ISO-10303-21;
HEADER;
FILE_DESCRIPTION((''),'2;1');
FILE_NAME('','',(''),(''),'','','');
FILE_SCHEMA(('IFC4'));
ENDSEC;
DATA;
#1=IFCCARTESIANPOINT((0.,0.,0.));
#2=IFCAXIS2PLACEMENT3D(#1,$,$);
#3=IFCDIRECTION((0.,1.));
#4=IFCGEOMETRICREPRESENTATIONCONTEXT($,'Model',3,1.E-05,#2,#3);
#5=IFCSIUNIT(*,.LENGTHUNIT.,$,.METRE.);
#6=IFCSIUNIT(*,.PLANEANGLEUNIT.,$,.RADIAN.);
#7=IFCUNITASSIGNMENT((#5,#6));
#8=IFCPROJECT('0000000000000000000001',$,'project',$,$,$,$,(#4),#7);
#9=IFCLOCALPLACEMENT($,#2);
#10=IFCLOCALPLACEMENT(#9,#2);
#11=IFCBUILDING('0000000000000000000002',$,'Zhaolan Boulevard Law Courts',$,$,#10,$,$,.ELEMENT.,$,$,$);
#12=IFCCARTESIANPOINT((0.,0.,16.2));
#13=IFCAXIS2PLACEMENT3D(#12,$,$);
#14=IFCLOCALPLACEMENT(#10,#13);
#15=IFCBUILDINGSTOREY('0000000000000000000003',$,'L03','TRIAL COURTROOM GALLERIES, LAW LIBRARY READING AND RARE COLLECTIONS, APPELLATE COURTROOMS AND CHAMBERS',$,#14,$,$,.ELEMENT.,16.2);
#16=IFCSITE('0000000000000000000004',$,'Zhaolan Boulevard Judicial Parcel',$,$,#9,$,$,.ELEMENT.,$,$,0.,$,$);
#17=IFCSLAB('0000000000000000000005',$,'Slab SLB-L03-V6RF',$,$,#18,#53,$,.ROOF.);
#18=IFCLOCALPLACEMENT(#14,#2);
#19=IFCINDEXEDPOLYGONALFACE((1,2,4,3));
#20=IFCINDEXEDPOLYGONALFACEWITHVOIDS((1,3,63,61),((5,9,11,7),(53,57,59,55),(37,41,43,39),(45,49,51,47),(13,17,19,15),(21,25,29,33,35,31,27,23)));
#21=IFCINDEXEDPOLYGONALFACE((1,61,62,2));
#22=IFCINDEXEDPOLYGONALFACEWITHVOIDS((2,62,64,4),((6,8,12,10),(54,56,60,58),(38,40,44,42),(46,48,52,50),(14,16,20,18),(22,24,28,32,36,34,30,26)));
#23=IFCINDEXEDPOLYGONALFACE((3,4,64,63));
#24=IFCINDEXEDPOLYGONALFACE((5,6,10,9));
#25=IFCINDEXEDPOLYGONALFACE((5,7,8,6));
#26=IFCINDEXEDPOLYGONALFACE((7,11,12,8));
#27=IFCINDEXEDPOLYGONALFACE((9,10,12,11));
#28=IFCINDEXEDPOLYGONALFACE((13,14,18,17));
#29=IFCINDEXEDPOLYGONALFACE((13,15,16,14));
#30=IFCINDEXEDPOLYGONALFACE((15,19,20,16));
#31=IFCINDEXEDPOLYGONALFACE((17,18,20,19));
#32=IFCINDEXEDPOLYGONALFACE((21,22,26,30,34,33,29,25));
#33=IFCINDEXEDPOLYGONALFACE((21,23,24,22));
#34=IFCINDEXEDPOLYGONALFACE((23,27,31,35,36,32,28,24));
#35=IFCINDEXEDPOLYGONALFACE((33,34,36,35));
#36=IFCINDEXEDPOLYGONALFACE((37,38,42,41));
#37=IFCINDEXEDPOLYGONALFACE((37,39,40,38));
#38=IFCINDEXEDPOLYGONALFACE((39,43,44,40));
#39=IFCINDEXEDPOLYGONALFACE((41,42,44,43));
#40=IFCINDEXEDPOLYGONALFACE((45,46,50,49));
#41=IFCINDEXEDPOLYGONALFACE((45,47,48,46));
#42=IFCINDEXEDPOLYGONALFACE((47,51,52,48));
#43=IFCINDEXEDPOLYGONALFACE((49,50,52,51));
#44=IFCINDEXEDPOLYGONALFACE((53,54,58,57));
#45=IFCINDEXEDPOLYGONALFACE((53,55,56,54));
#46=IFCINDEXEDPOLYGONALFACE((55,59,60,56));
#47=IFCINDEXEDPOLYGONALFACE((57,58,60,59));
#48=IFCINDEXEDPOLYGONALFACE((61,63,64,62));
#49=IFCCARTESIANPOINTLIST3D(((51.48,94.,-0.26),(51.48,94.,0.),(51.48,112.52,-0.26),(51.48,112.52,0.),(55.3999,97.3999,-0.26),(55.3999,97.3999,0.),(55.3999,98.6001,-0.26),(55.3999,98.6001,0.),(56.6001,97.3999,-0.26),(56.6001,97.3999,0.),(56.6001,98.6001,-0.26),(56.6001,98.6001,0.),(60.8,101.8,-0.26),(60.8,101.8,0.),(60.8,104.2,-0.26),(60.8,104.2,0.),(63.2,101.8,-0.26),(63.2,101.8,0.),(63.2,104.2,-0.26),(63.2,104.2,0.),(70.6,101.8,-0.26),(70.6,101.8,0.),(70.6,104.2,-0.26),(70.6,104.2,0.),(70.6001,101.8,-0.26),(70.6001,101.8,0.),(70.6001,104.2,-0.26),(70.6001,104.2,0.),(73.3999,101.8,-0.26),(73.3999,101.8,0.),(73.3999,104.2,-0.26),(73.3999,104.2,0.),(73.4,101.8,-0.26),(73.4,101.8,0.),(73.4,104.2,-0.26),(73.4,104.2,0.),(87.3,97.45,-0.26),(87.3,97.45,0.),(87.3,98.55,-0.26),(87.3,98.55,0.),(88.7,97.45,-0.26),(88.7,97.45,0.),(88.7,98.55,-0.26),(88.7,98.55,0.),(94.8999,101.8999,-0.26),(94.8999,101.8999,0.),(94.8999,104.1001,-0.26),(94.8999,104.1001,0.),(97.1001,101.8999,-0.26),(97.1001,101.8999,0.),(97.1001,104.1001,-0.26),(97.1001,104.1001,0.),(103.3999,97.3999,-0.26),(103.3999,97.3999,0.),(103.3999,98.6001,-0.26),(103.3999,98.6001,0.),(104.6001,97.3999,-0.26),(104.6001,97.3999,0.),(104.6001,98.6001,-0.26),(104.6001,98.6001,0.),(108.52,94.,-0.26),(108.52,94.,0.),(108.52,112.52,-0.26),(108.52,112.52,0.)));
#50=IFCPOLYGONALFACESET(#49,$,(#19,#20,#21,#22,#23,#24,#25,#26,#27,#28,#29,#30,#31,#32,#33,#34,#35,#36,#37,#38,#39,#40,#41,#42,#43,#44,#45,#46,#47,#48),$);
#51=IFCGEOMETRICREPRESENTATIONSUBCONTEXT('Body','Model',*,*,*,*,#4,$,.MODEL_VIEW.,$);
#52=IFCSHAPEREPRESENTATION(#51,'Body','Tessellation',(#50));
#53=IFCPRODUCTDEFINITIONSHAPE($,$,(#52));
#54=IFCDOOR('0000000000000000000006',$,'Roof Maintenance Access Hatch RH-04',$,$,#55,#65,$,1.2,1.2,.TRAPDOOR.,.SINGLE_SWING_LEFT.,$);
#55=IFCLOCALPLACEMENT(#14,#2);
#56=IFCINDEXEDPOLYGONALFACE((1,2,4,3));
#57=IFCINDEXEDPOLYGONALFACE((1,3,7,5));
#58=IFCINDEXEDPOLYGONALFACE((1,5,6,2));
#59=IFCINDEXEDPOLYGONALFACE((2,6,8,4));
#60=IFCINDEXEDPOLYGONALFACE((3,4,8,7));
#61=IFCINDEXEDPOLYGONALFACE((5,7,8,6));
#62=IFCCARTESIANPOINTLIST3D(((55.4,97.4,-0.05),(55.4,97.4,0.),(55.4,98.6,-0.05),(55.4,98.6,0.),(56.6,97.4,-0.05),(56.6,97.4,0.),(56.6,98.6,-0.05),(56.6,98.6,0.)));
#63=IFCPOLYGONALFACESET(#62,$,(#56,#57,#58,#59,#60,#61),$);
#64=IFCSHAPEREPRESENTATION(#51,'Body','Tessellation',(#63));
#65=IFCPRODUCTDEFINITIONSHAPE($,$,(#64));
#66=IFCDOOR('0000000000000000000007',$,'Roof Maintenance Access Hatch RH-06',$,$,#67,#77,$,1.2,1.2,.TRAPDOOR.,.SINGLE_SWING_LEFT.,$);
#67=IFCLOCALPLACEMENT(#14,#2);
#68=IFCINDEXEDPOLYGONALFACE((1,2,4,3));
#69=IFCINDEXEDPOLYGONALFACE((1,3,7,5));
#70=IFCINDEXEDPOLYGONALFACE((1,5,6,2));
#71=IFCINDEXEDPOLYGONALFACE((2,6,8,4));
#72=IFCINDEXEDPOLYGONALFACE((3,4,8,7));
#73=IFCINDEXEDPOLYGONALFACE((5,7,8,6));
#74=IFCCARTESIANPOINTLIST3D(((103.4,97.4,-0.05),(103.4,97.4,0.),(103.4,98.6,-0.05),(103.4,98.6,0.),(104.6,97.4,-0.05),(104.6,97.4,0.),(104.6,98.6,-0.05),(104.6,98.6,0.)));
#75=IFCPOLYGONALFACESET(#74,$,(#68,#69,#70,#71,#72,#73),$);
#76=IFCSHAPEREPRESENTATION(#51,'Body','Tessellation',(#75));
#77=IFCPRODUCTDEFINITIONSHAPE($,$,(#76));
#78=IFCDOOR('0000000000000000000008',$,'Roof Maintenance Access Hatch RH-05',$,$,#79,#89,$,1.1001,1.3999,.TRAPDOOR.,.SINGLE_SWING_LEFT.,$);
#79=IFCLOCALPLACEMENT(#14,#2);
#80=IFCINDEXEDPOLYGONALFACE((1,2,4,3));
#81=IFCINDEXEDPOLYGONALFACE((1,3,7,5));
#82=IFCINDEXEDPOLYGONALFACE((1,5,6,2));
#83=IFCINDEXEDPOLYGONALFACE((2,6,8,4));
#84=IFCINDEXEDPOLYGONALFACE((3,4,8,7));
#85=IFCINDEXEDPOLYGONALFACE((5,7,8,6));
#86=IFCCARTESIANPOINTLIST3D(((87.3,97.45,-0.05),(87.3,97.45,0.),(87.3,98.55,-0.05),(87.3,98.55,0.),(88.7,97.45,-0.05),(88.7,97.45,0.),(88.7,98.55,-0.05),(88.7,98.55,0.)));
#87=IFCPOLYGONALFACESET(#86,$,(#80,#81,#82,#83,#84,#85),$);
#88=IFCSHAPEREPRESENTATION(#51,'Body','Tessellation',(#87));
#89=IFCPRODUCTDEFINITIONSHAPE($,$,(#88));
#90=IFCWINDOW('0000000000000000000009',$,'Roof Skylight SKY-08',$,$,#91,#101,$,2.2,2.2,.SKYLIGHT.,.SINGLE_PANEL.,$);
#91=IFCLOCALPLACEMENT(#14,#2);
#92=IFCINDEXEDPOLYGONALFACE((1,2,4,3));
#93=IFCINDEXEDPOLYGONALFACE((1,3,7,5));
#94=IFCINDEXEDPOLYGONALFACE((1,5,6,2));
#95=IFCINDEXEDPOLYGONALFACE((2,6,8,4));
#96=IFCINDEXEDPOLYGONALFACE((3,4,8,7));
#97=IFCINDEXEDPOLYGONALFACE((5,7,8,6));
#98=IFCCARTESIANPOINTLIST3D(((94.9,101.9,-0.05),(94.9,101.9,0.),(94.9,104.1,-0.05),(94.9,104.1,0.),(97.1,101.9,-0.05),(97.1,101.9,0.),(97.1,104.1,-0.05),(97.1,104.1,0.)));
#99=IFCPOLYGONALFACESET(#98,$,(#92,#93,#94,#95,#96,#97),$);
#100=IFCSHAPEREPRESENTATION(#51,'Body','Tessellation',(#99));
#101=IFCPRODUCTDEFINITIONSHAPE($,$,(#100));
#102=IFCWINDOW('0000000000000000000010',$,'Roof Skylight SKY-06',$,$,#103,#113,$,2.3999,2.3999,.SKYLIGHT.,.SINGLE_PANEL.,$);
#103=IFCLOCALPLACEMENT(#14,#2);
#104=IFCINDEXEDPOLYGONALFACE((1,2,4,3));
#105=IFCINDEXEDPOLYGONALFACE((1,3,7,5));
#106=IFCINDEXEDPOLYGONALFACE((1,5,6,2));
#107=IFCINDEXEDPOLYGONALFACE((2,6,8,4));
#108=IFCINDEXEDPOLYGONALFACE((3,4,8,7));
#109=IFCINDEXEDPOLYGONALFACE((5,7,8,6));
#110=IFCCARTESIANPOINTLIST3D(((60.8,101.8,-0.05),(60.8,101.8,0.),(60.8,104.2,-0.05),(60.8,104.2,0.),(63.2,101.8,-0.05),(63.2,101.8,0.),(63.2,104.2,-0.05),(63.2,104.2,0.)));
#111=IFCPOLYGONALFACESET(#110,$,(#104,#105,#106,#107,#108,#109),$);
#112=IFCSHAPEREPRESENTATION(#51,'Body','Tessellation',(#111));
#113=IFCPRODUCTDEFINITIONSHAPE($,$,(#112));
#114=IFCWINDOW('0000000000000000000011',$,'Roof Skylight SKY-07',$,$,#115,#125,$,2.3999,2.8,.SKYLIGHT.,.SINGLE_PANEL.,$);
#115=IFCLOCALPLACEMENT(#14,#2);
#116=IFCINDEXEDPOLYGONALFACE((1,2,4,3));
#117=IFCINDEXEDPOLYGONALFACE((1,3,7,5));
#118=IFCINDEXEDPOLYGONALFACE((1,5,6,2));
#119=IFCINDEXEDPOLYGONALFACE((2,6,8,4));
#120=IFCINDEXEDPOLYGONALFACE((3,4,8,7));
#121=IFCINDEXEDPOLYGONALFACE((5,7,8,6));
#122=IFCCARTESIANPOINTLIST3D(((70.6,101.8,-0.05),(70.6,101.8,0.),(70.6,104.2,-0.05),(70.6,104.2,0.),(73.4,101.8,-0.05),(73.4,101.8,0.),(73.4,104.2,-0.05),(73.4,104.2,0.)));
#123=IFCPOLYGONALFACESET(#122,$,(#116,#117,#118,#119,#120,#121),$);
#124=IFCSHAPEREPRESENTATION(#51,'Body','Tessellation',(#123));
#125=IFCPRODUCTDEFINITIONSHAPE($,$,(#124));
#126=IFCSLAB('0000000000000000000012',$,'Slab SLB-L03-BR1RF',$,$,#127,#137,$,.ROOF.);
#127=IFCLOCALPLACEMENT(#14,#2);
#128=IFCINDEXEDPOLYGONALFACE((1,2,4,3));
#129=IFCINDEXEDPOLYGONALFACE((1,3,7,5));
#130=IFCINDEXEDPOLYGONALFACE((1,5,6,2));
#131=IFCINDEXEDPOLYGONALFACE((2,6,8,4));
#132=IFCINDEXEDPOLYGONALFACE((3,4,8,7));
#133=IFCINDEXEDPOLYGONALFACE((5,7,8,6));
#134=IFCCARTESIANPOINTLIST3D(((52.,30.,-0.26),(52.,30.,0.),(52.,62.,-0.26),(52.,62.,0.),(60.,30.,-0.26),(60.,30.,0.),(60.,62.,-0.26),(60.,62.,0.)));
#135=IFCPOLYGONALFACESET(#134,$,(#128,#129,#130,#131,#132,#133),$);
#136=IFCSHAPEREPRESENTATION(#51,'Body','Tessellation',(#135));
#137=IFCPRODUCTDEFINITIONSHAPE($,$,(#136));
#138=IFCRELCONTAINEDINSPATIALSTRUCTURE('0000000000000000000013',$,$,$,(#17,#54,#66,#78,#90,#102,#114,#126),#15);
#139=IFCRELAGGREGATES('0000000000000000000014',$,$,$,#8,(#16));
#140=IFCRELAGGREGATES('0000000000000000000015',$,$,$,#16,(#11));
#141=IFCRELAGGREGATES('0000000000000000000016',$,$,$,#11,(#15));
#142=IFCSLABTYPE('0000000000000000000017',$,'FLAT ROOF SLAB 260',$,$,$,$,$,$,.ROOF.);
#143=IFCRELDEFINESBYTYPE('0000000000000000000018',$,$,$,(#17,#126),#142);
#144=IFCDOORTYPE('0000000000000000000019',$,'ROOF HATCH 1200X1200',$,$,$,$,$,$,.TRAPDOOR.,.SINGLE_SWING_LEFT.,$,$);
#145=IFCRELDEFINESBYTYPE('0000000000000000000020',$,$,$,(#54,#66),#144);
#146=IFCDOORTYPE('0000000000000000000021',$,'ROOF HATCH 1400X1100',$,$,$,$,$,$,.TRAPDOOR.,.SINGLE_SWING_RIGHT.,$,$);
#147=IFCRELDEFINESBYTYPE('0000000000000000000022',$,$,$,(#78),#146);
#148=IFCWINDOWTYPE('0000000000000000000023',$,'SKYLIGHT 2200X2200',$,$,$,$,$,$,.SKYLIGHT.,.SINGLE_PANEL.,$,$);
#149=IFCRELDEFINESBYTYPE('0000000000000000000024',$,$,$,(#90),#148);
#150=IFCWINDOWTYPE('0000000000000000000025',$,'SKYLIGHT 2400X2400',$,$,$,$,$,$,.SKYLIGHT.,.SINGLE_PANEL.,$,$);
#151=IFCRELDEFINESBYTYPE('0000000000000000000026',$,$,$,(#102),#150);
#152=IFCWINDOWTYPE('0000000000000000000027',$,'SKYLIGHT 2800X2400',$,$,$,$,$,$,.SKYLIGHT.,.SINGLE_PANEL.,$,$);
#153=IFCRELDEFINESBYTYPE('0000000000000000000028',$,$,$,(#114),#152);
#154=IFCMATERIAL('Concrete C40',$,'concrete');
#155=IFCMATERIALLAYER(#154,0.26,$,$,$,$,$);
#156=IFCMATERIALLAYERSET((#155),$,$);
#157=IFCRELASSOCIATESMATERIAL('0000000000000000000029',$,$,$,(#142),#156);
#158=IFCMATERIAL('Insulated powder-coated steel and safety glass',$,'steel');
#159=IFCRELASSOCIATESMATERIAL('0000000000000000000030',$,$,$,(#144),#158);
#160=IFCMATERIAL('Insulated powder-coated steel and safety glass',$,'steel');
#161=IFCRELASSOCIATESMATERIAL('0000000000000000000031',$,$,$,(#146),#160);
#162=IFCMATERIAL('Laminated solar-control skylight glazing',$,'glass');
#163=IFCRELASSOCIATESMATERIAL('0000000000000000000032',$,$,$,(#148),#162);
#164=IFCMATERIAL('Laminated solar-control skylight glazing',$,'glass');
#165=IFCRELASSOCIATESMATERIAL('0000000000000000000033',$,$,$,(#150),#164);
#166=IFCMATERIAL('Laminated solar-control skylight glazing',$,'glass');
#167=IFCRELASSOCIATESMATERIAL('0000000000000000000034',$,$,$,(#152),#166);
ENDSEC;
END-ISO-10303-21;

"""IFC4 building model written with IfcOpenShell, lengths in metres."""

from ifc_helpers import new_model, si_unit, direction, frame, origin, origin_2d, place, context, subcontext, project, spatial, polyline, rectangle, outline, extrude, material, layer, layer_set, type_object, element, fill, save


model = new_model("IFC4")

# Units and contexts
model_context = context("Model", 3, precision=1e-05, world=origin(), true_north=direction((0.0, 1.0)))
body_context = subcontext(model_context, "Body", "Model", "MODEL_VIEW")
ifc_project = project(units=[si_unit("LENGTHUNIT", "METRE"), si_unit("PLANEANGLEUNIT", "RADIAN")], contexts=[model_context])

# Site, building, storey
site_placement = place(None, origin())
site = spatial("IfcSite", under=ifc_project, at=site_placement, Name="Zhaolan Boulevard Judicial Parcel", CompositionType="ELEMENT", RefElevation=0.0)
building_placement = place(site_placement, origin())
building = spatial("IfcBuilding", under=site, at=building_placement, Name="Zhaolan Boulevard Law Courts", CompositionType="ELEMENT")
storey_placement = place(building_placement, frame((0.0, 0.0, 16.2)))
storey = spatial("IfcBuildingStorey", under=building, at=storey_placement, Name="L03", Description="TRIAL COURTROOM GALLERIES, LAW LIBRARY READING AND RARE COLLECTIONS, APPELLATE COURTROOMS AND CHAMBERS", CompositionType="ELEMENT", Elevation=16.2)

# Slab, openings, doors, windows
ifc_material_1 = material(Name="Concrete C40", Category="concrete")
ifc_layer_1 = layer(ifc_material_1, 0.26)
ifc_layer_set_1 = layer_set([ifc_layer_1])
slab_type_1 = type_object("IfcSlabType", Name="FLAT ROOF SLAB 260", PredefinedType="ROOF", material=ifc_layer_set_1)
slab_1_placement = place(storey_placement, frame((0.0, 0.0, -0.26)))
slab_1 = element("IfcSlab", 1, at=slab_1_placement, inside=storey, type_object=slab_type_1, Name="Slab SLB-L03-V6RF", PredefinedType="ROOF", context=body_context, shape_type="SweptSolid", body=[
    extrude(outline(polyline([(51.48, 94.0), (108.52, 94.0), (108.52, 112.52), (51.48, 112.52), (51.48, 94.0)]), holes=[polyline([(60.8, 101.8), (63.2, 101.8), (63.2, 104.2), (60.8, 104.2), (60.8, 101.8)]), polyline([(70.6001, 101.8), (73.3999, 101.8), (73.3999, 104.2), (70.6001, 104.2), (70.6001, 101.8)]), polyline([(94.8999, 101.8999), (97.1001, 101.8999), (97.1001, 104.1001), (94.8999, 104.1001), (94.8999, 101.8999)]), polyline([(55.3999, 97.3999), (56.6001, 97.3999), (56.6001, 98.6001), (55.3999, 98.6001), (55.3999, 97.3999)]), polyline([(87.3, 97.45), (88.7, 97.45), (88.7, 98.55), (87.3, 98.55), (87.3, 97.45)]), polyline([(103.3999, 97.3999), (104.6001, 97.3999), (104.6001, 98.6001), (103.3999, 98.6001), (103.3999, 97.3999)])]), origin(), (0.0, 0.0, 1.0), 0.26),
])
opening_1_placement = place(slab_1_placement, frame((62.0, 103.0, 0.0)))
opening_1 = element("IfcOpeningElement", 2, at=opening_1_placement, cuts=slab_1, PredefinedType="OPENING", context=body_context, shape_type="SweptSolid", body=[
    extrude(rectangle(XDim=2.3999, YDim=2.3999, at=origin_2d()), origin(), (0.0, 0.0, 1.0), 0.26),
])
opening_2_placement = place(slab_1_placement, frame((72.0, 103.0, 0.0)))
opening_2 = element("IfcOpeningElement", 3, at=opening_2_placement, cuts=slab_1, PredefinedType="OPENING", context=body_context, shape_type="SweptSolid", body=[
    extrude(rectangle(XDim=2.8, YDim=2.3999, at=origin_2d()), origin(), (0.0, 0.0, 1.0), 0.26),
])
opening_3_placement = place(slab_1_placement, frame((96.0, 103.0, 0.0)))
opening_3 = element("IfcOpeningElement", 4, at=opening_3_placement, cuts=slab_1, PredefinedType="OPENING", context=body_context, shape_type="SweptSolid", body=[
    extrude(rectangle(XDim=2.2, YDim=2.2, at=origin_2d()), origin(), (0.0, 0.0, 1.0), 0.26),
])
opening_4_placement = place(slab_1_placement, frame((56.0, 98.0, 0.0)))
opening_4 = element("IfcOpeningElement", 5, at=opening_4_placement, cuts=slab_1, PredefinedType="OPENING", context=body_context, shape_type="SweptSolid", body=[
    extrude(rectangle(XDim=1.2, YDim=1.2, at=origin_2d()), origin(), (0.0, 0.0, 1.0), 0.26),
])
opening_5_placement = place(slab_1_placement, frame((88.0, 98.0, 0.0)))
opening_5 = element("IfcOpeningElement", 6, at=opening_5_placement, cuts=slab_1, PredefinedType="OPENING", context=body_context, shape_type="SweptSolid", body=[
    extrude(rectangle(XDim=1.3999, YDim=1.1001, at=origin_2d()), origin(), (0.0, 0.0, 1.0), 0.26),
])
opening_6_placement = place(slab_1_placement, frame((104.0, 98.0, 0.0)))
opening_6 = element("IfcOpeningElement", 7, at=opening_6_placement, cuts=slab_1, PredefinedType="OPENING", context=body_context, shape_type="SweptSolid", body=[
    extrude(rectangle(XDim=1.2, YDim=1.2, at=origin_2d()), origin(), (0.0, 0.0, 1.0), 0.26),
])
ifc_material_2 = material(Name="Insulated powder-coated steel and safety glass", Category="steel")
door_type_1 = type_object("IfcDoorType", Name="ROOF HATCH 1200X1200", OperationType="SINGLE_SWING_LEFT", PredefinedType="TRAPDOOR", material=ifc_material_2)
door_1_placement = place(opening_4_placement, frame((0.0, 0.0, 0.21)))
door_1 = element("IfcDoor", 8, at=door_1_placement, inside=storey, type_object=door_type_1, Name="Roof Maintenance Access Hatch RH-04", OperationType="SINGLE_SWING_LEFT", OverallHeight=1.2, OverallWidth=1.2, PredefinedType="TRAPDOOR", context=body_context, shape_type="SweptSolid", body=[
    extrude(rectangle(XDim=1.2, YDim=1.2, at=origin_2d()), origin(), (0.0, 0.0, 1.0), 0.05),
])
fill(opening_4, door_1)
door_2_placement = place(opening_6_placement, frame((0.0, 0.0, 0.21)))
door_2 = element("IfcDoor", 9, at=door_2_placement, inside=storey, type_object=door_type_1, Name="Roof Maintenance Access Hatch RH-06", OperationType="SINGLE_SWING_LEFT", OverallHeight=1.2, OverallWidth=1.2, PredefinedType="TRAPDOOR", context=body_context, shape_type="SweptSolid", body=[
    extrude(rectangle(XDim=1.2, YDim=1.2, at=origin_2d()), origin(), (0.0, 0.0, 1.0), 0.05),
])
fill(opening_6, door_2)
ifc_material_3 = material(Name="Insulated powder-coated steel and safety glass", Category="steel")
door_type_2 = type_object("IfcDoorType", Name="ROOF HATCH 1400X1100", OperationType="SINGLE_SWING_RIGHT", PredefinedType="TRAPDOOR", material=ifc_material_3)
door_3_placement = place(opening_5_placement, frame((0.0, 0.0, 0.21)))
door_3 = element("IfcDoor", 10, at=door_3_placement, inside=storey, type_object=door_type_2, Name="Roof Maintenance Access Hatch RH-05", OperationType="SINGLE_SWING_LEFT", OverallHeight=1.1001, OverallWidth=1.3999, PredefinedType="TRAPDOOR", context=body_context, shape_type="SweptSolid", body=[
    extrude(rectangle(XDim=1.3999, YDim=1.1001, at=origin_2d()), origin(), (0.0, 0.0, 1.0), 0.05),
])
fill(opening_5, door_3)
ifc_material_4 = material(Name="Laminated solar-control skylight glazing", Category="glass")
window_type_1 = type_object("IfcWindowType", Name="SKYLIGHT 2200X2200", PartitioningType="SINGLE_PANEL", PredefinedType="SKYLIGHT", material=ifc_material_4)
window_1_placement = place(opening_3_placement, frame((0.0, 0.0, 0.21)))
window_1 = element("IfcWindow", 11, at=window_1_placement, inside=storey, type_object=window_type_1, Name="Roof Skylight SKY-08", OverallHeight=2.2, OverallWidth=2.2, PartitioningType="SINGLE_PANEL", PredefinedType="SKYLIGHT", context=body_context, shape_type="SweptSolid", body=[
    extrude(rectangle(XDim=2.2, YDim=2.2, at=origin_2d()), origin(), (0.0, 0.0, 1.0), 0.05),
])
fill(opening_3, window_1)
ifc_material_5 = material(Name="Laminated solar-control skylight glazing", Category="glass")
window_type_2 = type_object("IfcWindowType", Name="SKYLIGHT 2400X2400", PartitioningType="SINGLE_PANEL", PredefinedType="SKYLIGHT", material=ifc_material_5)
window_2_placement = place(opening_1_placement, frame((0.0, 0.0, 0.21)))
window_2 = element("IfcWindow", 12, at=window_2_placement, inside=storey, type_object=window_type_2, Name="Roof Skylight SKY-06", OverallHeight=2.3999, OverallWidth=2.3999, PartitioningType="SINGLE_PANEL", PredefinedType="SKYLIGHT", context=body_context, shape_type="SweptSolid", body=[
    extrude(rectangle(XDim=2.3999, YDim=2.3999, at=origin_2d()), origin(), (0.0, 0.0, 1.0), 0.05),
])
fill(opening_1, window_2)
ifc_material_6 = material(Name="Laminated solar-control skylight glazing", Category="glass")
window_type_3 = type_object("IfcWindowType", Name="SKYLIGHT 2800X2400", PartitioningType="SINGLE_PANEL", PredefinedType="SKYLIGHT", material=ifc_material_6)
window_3_placement = place(opening_2_placement, frame((0.0, 0.0, 0.21)))
window_3 = element("IfcWindow", 13, at=window_3_placement, inside=storey, type_object=window_type_3, Name="Roof Skylight SKY-07", OverallHeight=2.3999, OverallWidth=2.8, PartitioningType="SINGLE_PANEL", PredefinedType="SKYLIGHT", context=body_context, shape_type="SweptSolid", body=[
    extrude(rectangle(XDim=2.8, YDim=2.3999, at=origin_2d()), origin(), (0.0, 0.0, 1.0), 0.05),
])
fill(opening_2, window_3)

# Slab
slab_2_placement = place(storey_placement, frame((0.0, 0.0, -0.26)))
element("IfcSlab", 14, at=slab_2_placement, inside=storey, type_object=slab_type_1, Name="Slab SLB-L03-BR1RF", PredefinedType="ROOF", context=body_context, shape_type="SweptSolid", body=[
    extrude(outline(polyline([(52.0, 30.0), (60.0, 30.0), (60.0, 62.0), (52.0, 62.0), (52.0, 30.0)])), origin(), (0.0, 0.0, 1.0), 0.26),
])

save(model, "model.ifc")
